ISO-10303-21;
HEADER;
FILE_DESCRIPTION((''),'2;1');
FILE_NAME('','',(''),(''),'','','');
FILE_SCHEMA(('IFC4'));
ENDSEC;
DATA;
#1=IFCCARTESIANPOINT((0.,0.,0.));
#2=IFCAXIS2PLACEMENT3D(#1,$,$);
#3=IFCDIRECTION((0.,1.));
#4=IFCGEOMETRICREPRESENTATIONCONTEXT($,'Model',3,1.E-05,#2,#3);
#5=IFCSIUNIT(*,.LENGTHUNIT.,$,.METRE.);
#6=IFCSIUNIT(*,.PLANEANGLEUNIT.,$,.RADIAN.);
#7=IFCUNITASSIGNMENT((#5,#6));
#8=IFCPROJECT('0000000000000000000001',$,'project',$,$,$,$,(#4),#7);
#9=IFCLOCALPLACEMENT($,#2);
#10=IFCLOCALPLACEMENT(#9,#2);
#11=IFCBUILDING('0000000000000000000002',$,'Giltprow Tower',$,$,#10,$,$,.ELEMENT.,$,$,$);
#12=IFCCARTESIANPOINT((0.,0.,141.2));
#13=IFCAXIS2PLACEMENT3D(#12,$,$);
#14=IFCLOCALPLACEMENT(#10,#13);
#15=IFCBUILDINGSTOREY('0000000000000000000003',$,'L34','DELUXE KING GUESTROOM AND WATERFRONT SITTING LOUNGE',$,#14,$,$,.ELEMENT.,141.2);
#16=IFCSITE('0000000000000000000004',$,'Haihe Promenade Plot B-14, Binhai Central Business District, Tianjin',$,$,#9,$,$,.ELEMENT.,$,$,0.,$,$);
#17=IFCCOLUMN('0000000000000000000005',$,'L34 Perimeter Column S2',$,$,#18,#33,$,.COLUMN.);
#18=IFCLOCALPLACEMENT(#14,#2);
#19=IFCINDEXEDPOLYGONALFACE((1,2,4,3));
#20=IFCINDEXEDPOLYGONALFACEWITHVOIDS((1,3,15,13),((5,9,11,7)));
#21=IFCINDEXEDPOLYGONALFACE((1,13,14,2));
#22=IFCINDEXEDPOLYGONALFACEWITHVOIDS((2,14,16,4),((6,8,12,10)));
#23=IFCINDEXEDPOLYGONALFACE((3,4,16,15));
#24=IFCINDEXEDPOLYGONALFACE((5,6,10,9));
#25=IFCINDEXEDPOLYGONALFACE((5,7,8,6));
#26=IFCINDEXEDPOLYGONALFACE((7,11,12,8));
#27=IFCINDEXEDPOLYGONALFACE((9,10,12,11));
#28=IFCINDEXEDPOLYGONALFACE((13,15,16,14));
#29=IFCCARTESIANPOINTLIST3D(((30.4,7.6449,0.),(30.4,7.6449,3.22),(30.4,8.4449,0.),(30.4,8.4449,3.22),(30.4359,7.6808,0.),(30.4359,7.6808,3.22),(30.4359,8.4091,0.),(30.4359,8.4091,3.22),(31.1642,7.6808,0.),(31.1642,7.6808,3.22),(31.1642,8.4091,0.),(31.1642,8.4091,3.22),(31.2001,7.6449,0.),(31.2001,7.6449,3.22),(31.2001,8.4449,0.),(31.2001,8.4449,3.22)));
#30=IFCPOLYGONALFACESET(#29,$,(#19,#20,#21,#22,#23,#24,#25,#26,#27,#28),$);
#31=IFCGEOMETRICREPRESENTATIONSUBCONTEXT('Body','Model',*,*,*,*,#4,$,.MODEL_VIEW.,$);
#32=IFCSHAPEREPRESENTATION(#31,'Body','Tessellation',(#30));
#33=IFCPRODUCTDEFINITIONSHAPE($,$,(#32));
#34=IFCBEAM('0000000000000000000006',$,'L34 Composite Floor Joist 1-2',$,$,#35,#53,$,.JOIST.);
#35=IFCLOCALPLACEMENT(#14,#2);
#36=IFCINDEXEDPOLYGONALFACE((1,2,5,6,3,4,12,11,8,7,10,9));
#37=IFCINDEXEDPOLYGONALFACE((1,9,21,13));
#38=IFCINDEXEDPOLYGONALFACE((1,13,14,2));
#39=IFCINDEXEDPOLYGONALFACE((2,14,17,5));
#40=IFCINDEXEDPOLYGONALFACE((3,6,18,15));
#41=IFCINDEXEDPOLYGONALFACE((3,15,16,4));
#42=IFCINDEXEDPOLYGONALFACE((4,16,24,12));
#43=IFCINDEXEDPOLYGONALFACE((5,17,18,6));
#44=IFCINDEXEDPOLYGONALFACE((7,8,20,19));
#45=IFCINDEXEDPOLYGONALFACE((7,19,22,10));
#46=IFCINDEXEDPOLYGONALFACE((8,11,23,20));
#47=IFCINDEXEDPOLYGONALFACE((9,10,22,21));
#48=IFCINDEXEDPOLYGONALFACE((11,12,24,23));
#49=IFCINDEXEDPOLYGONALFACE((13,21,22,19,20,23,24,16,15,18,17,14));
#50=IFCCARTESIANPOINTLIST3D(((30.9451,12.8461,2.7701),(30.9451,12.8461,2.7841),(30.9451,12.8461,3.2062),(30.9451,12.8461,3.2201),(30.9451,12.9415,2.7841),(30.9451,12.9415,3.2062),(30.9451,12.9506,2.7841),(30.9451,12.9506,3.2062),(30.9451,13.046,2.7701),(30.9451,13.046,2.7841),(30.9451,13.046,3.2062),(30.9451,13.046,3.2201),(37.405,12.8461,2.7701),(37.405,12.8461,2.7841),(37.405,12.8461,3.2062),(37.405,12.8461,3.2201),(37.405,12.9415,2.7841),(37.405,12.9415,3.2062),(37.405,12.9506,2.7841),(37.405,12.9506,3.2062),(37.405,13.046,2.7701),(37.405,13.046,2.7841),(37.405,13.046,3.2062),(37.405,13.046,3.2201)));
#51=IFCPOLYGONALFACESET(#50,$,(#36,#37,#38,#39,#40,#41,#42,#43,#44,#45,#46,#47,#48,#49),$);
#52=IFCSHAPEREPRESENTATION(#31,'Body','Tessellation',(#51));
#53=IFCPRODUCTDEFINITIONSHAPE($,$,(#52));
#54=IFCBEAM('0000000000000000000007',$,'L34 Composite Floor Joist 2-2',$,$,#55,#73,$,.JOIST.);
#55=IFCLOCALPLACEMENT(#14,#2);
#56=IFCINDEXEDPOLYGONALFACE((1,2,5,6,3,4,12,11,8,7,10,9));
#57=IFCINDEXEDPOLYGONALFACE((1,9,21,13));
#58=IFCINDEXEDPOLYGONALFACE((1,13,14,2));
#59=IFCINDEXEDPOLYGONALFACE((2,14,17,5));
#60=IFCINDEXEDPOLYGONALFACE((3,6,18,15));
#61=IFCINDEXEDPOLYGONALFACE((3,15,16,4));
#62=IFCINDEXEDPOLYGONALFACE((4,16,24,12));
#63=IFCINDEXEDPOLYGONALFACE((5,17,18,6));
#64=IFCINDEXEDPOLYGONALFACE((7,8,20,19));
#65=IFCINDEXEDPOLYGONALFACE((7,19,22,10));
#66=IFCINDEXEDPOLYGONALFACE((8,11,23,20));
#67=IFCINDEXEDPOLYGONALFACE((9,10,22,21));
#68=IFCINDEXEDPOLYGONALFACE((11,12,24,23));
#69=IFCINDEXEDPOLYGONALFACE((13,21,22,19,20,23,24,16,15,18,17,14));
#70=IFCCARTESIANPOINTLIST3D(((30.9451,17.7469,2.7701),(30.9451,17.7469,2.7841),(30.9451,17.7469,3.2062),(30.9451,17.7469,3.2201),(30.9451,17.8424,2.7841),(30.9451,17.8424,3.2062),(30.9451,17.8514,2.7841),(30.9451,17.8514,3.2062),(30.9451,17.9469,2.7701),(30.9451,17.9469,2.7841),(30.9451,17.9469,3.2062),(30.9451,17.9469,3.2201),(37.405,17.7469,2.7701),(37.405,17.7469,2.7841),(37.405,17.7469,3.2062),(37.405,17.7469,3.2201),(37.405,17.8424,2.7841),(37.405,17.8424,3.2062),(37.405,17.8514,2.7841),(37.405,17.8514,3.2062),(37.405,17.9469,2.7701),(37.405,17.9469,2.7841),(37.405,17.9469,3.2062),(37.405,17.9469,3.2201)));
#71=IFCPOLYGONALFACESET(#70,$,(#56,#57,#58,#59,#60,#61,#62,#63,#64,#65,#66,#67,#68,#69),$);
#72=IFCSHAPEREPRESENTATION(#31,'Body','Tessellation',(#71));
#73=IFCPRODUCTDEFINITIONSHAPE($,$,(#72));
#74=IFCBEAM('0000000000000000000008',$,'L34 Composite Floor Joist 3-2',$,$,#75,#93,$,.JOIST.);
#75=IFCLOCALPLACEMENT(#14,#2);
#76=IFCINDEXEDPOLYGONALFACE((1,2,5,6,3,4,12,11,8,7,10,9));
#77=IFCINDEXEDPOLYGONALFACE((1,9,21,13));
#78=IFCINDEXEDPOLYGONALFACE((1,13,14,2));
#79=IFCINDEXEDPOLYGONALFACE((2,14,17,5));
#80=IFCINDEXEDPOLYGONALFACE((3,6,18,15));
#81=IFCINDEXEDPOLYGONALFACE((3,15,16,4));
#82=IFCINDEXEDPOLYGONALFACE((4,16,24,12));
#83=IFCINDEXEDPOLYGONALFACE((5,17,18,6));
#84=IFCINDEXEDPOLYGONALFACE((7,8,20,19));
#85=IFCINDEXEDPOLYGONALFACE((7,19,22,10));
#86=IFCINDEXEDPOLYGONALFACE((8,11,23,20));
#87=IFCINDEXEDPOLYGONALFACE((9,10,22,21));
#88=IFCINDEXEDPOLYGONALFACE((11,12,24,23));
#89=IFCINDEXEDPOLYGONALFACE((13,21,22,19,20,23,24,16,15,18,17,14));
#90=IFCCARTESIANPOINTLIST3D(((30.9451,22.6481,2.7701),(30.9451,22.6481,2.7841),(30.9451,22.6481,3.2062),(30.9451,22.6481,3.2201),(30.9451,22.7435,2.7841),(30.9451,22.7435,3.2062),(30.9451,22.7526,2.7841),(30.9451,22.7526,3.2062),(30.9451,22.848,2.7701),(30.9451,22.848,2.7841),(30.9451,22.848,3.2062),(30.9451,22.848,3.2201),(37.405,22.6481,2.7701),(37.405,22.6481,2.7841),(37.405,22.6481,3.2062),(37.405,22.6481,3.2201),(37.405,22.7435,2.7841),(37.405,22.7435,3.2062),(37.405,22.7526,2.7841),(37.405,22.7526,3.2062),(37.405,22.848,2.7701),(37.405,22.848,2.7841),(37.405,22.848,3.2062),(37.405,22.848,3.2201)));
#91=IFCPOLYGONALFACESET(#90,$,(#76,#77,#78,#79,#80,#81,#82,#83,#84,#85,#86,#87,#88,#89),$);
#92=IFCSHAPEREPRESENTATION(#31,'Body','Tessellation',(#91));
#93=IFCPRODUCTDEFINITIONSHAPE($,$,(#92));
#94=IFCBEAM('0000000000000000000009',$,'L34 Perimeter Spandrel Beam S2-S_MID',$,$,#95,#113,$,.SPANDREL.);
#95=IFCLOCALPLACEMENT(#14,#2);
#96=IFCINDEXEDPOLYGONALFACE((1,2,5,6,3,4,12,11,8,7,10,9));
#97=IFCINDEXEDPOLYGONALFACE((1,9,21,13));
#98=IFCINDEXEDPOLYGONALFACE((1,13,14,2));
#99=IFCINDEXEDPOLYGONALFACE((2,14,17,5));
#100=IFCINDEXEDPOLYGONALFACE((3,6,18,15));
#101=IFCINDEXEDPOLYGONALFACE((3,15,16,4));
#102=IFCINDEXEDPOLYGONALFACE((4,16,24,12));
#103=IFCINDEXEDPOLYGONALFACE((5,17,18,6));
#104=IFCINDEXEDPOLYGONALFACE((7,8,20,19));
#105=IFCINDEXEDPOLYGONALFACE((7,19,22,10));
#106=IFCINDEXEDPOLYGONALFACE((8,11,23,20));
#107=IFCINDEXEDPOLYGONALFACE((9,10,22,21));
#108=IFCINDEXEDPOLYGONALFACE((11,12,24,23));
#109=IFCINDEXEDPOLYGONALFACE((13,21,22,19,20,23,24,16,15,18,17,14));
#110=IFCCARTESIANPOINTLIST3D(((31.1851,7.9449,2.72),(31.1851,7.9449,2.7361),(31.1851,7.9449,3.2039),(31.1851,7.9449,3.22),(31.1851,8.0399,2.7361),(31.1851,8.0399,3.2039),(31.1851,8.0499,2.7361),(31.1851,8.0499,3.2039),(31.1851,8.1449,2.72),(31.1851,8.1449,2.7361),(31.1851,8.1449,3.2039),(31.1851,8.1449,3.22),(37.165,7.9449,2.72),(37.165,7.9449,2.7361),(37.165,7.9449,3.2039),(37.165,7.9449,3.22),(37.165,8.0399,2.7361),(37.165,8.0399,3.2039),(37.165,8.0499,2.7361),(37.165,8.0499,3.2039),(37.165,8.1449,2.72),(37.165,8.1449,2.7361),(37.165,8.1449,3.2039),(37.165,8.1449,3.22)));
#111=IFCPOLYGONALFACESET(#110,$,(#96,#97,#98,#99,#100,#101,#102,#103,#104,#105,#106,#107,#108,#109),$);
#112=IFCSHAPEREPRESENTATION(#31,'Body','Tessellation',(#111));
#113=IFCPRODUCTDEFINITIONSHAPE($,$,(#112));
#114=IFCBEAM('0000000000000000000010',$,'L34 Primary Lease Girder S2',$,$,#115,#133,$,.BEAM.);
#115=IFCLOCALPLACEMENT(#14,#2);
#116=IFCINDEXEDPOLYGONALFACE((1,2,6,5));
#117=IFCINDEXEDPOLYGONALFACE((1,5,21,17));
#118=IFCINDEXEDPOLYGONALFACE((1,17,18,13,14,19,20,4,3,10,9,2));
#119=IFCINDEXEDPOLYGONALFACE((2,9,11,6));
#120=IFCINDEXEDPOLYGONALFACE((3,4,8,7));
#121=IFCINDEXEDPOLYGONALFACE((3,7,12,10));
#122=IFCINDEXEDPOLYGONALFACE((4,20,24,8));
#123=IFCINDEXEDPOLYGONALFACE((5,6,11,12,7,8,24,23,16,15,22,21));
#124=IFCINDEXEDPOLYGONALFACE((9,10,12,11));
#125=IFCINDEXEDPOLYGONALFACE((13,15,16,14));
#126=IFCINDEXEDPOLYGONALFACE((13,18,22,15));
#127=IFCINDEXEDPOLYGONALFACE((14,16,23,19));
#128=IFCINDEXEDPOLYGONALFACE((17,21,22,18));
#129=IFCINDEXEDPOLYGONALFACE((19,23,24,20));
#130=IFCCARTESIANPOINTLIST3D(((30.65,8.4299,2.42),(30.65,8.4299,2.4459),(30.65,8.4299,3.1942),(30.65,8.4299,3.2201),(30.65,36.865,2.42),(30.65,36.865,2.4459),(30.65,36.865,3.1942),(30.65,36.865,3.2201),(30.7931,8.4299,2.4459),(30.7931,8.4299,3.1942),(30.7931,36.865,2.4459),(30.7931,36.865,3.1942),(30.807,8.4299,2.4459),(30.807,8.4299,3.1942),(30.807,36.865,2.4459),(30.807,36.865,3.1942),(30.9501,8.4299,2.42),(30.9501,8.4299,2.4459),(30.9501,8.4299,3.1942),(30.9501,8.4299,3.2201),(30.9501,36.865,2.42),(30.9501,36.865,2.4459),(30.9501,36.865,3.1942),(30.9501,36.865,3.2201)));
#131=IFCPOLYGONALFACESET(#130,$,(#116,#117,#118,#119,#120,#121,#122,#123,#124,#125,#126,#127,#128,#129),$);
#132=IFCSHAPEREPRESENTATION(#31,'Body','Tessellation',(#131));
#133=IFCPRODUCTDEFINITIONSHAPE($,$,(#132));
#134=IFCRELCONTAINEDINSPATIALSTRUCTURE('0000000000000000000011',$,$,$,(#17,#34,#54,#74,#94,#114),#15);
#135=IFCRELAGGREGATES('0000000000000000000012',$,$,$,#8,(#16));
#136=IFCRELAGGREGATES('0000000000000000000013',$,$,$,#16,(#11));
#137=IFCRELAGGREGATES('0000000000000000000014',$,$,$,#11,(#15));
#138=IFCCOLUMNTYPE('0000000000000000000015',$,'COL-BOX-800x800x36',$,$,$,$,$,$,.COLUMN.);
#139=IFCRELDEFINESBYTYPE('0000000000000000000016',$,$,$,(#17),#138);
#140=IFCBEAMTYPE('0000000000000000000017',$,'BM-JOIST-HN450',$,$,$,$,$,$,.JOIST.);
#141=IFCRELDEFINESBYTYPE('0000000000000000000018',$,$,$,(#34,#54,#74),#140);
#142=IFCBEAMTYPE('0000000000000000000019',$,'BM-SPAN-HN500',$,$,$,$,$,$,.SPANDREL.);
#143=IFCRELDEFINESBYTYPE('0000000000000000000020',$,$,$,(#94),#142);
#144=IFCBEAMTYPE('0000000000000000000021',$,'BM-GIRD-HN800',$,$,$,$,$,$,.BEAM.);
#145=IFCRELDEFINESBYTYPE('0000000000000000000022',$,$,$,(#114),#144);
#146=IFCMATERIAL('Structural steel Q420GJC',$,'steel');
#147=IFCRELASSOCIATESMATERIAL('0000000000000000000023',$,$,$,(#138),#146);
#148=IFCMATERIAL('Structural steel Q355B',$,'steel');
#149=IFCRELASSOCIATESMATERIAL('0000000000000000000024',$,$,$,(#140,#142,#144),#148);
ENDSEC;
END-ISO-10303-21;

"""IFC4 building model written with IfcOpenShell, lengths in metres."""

from ifc_helpers import new_model, si_unit, direction, frame, origin, origin_2d, place, context, subcontext, project, spatial, hollow_rectangle, i_section, extrude, source, transform, mapped, material, material_profile, profile_set, type_object, element, save


model = new_model("IFC4")

# Units and contexts
model_context = context("Model", 3, precision=1e-05, world=origin(), true_north=direction((0.0, 1.0)))
body_context = subcontext(model_context, "Body", "Model", "MODEL_VIEW")
ifc_project = project(units=[si_unit("LENGTHUNIT", "METRE"), si_unit("PLANEANGLEUNIT", "RADIAN")], contexts=[model_context])

# Site, building, storey
site_placement = place(None, origin())
site = spatial("IfcSite", under=ifc_project, at=site_placement, Name="Haihe Promenade Plot B-14, Binhai Central Business District, Tianjin", CompositionType="ELEMENT", RefElevation=0.0)
building_placement = place(site_placement, origin())
building = spatial("IfcBuilding", under=site, at=building_placement, Name="Giltprow Tower", CompositionType="ELEMENT")
storey_placement = place(building_placement, frame((0.0, 0.0, 141.2)))
storey = spatial("IfcBuildingStorey", under=building, at=storey_placement, Name="L34", Description="DELUXE KING GUESTROOM AND WATERFRONT SITTING LOUNGE", CompositionType="ELEMENT", Elevation=141.2)

# Column
ifc_material_1 = material(Name="Structural steel Q420GJC", Category="steel")
ifc_material_profile_1 = material_profile(ifc_material_1, hollow_rectangle(XDim=0.8, YDim=0.8, WallThickness=0.0359, at=origin_2d()), Name="BOX 800x800x36")
ifc_profile_set_1 = profile_set([ifc_material_profile_1], Name="Structural steel Q420GJC")
column_type = type_object("IfcColumnType", Name="COL-BOX-800x800x36", PredefinedType="COLUMN", material=ifc_profile_set_1)
shared_shape_1 = source(origin(), body_context, "Body", "SweptSolid", [
    extrude(hollow_rectangle(XDim=0.8, YDim=0.8, WallThickness=0.0359, at=origin_2d()), origin(), (0.0, 0.0, 1.0), 3.22),
])
column_placement = place(storey_placement, frame((30.8, 8.0449, 0.0), z_axis=(0.0, 0.0, 1.0), x_axis=(1.0, 0.0, 0.0)))
element("IfcColumn", 1, at=column_placement, inside=storey, type_object=column_type, Name="L34 Perimeter Column S2", PredefinedType="COLUMN", context=body_context, shape_type="MappedRepresentation", body=[
    mapped(shared_shape_1, transform((0.0, 0.0, 0.0), x_axis=(1.0, 0.0, 0.0), y_axis=(0.0, 1.0, 0.0), z_axis=(0.0, 0.0, 1.0), scale=1.0)),
])

# Beams
ifc_material_2 = material(Name="Structural steel Q355B", Category="steel")
ifc_material_profile_2 = material_profile(ifc_material_2, i_section(OverallWidth=0.2, OverallDepth=0.45, WebThickness=0.009, FlangeThickness=0.0139, at=origin_2d()), Name="HN 450x200x9x14")
ifc_profile_set_2 = profile_set([ifc_material_profile_2], Name="Structural steel Q355B")
beam_type_1 = type_object("IfcBeamType", Name="BM-JOIST-HN450", PredefinedType="JOIST", material=ifc_profile_set_2)
shared_shape_2 = source(origin(), body_context, "Body", "SweptSolid", [
    extrude(i_section(OverallWidth=0.2, OverallDepth=0.45, WebThickness=0.009, FlangeThickness=0.0139, at=origin_2d()), origin(), (0.0, 0.0, 1.0), 6.46),
])
for number, where, z_axis, x_axis, name in (
    (2, (30.9451, 12.946, 2.9951), (1.0, 0.0, 0.0), (0.0, 1.0, 0.0), "L34 Composite Floor Joist 1-2"),
    (3, (30.9451, 17.8469, 2.9951), (1.0, 0.0, 0.0), (0.0, 1.0, 0.0), "L34 Composite Floor Joist 2-2"),
    (4, (30.9451, 22.748, 2.9951), (1.0, 0.0, 0.0), (0.0, 1.0, 0.0), "L34 Composite Floor Joist 3-2"),
):
    element("IfcBeam", number, at=place(storey_placement, frame(where, z_axis=z_axis, x_axis=x_axis)), inside=storey, type_object=beam_type_1, Name=name, PredefinedType="JOIST", context=body_context, shape_type="MappedRepresentation", body=[
        mapped(shared_shape_2, transform((0.0, 0.0, 0.0), x_axis=(1.0, 0.0, 0.0), y_axis=(0.0, 1.0, 0.0), z_axis=(0.0, 0.0, 1.0), scale=1.0)),
    ])
ifc_material_profile_3 = material_profile(ifc_material_2, i_section(OverallWidth=0.2, OverallDepth=0.5, WebThickness=0.01, FlangeThickness=0.0161, at=origin_2d()), Name="HN 500x200x10x16")
ifc_profile_set_3 = profile_set([ifc_material_profile_3], Name="Structural steel Q355B")
beam_type_2 = type_object("IfcBeamType", Name="BM-SPAN-HN500", PredefinedType="SPANDREL", material=ifc_profile_set_3)
shared_shape_3 = source(origin(), body_context, "Body", "SweptSolid", [
    extrude(i_section(OverallWidth=0.2, OverallDepth=0.5, WebThickness=0.01, FlangeThickness=0.0161, at=origin_2d()), origin(), (0.0, 0.0, 1.0), 5.98),
])
beam_1_placement = place(storey_placement, frame((31.1851, 8.0449, 2.97), z_axis=(1.0, 0.0, 0.0), x_axis=(0.0, 1.0, 0.0)))
element("IfcBeam", 5, at=beam_1_placement, inside=storey, type_object=beam_type_2, Name="L34 Perimeter Spandrel Beam S2-S_MID", PredefinedType="SPANDREL", context=body_context, shape_type="MappedRepresentation", body=[
    mapped(shared_shape_3, transform((0.0, 0.0, 0.0), x_axis=(1.0, 0.0, 0.0), y_axis=(0.0, 1.0, 0.0), z_axis=(0.0, 0.0, 1.0), scale=1.0)),
])
ifc_material_profile_4 = material_profile(ifc_material_2, i_section(OverallWidth=0.3, OverallDepth=0.8, WebThickness=0.0139, FlangeThickness=0.0259, at=origin_2d()), Name="HN 800x300x14x26")
ifc_profile_set_4 = profile_set([ifc_material_profile_4], Name="Structural steel Q355B")
beam_type_3 = type_object("IfcBeamType", Name="BM-GIRD-HN800", PredefinedType="BEAM", material=ifc_profile_set_4)
shared_shape_4 = source(origin(), body_context, "Body", "SweptSolid", [
    extrude(i_section(OverallWidth=0.3, OverallDepth=0.8, WebThickness=0.0139, FlangeThickness=0.0259, at=origin_2d()), origin(), (0.0, 0.0, 1.0), 28.4351),
])
beam_2_placement = place(storey_placement, frame((30.8, 8.4299, 2.8201), z_axis=(0.0, 1.0, 0.0), x_axis=(-1.0, 0.0, 0.0)))
element("IfcBeam", 6, at=beam_2_placement, inside=storey, type_object=beam_type_3, Name="L34 Primary Lease Girder S2", PredefinedType="BEAM", context=body_context, shape_type="MappedRepresentation", body=[
    mapped(shared_shape_4, transform((0.0, 0.0, 0.0), x_axis=(1.0, 0.0, 0.0), y_axis=(0.0, 1.0, 0.0), z_axis=(0.0, 0.0, 1.0), scale=1.0)),
])

save(model, "model.ifc")
